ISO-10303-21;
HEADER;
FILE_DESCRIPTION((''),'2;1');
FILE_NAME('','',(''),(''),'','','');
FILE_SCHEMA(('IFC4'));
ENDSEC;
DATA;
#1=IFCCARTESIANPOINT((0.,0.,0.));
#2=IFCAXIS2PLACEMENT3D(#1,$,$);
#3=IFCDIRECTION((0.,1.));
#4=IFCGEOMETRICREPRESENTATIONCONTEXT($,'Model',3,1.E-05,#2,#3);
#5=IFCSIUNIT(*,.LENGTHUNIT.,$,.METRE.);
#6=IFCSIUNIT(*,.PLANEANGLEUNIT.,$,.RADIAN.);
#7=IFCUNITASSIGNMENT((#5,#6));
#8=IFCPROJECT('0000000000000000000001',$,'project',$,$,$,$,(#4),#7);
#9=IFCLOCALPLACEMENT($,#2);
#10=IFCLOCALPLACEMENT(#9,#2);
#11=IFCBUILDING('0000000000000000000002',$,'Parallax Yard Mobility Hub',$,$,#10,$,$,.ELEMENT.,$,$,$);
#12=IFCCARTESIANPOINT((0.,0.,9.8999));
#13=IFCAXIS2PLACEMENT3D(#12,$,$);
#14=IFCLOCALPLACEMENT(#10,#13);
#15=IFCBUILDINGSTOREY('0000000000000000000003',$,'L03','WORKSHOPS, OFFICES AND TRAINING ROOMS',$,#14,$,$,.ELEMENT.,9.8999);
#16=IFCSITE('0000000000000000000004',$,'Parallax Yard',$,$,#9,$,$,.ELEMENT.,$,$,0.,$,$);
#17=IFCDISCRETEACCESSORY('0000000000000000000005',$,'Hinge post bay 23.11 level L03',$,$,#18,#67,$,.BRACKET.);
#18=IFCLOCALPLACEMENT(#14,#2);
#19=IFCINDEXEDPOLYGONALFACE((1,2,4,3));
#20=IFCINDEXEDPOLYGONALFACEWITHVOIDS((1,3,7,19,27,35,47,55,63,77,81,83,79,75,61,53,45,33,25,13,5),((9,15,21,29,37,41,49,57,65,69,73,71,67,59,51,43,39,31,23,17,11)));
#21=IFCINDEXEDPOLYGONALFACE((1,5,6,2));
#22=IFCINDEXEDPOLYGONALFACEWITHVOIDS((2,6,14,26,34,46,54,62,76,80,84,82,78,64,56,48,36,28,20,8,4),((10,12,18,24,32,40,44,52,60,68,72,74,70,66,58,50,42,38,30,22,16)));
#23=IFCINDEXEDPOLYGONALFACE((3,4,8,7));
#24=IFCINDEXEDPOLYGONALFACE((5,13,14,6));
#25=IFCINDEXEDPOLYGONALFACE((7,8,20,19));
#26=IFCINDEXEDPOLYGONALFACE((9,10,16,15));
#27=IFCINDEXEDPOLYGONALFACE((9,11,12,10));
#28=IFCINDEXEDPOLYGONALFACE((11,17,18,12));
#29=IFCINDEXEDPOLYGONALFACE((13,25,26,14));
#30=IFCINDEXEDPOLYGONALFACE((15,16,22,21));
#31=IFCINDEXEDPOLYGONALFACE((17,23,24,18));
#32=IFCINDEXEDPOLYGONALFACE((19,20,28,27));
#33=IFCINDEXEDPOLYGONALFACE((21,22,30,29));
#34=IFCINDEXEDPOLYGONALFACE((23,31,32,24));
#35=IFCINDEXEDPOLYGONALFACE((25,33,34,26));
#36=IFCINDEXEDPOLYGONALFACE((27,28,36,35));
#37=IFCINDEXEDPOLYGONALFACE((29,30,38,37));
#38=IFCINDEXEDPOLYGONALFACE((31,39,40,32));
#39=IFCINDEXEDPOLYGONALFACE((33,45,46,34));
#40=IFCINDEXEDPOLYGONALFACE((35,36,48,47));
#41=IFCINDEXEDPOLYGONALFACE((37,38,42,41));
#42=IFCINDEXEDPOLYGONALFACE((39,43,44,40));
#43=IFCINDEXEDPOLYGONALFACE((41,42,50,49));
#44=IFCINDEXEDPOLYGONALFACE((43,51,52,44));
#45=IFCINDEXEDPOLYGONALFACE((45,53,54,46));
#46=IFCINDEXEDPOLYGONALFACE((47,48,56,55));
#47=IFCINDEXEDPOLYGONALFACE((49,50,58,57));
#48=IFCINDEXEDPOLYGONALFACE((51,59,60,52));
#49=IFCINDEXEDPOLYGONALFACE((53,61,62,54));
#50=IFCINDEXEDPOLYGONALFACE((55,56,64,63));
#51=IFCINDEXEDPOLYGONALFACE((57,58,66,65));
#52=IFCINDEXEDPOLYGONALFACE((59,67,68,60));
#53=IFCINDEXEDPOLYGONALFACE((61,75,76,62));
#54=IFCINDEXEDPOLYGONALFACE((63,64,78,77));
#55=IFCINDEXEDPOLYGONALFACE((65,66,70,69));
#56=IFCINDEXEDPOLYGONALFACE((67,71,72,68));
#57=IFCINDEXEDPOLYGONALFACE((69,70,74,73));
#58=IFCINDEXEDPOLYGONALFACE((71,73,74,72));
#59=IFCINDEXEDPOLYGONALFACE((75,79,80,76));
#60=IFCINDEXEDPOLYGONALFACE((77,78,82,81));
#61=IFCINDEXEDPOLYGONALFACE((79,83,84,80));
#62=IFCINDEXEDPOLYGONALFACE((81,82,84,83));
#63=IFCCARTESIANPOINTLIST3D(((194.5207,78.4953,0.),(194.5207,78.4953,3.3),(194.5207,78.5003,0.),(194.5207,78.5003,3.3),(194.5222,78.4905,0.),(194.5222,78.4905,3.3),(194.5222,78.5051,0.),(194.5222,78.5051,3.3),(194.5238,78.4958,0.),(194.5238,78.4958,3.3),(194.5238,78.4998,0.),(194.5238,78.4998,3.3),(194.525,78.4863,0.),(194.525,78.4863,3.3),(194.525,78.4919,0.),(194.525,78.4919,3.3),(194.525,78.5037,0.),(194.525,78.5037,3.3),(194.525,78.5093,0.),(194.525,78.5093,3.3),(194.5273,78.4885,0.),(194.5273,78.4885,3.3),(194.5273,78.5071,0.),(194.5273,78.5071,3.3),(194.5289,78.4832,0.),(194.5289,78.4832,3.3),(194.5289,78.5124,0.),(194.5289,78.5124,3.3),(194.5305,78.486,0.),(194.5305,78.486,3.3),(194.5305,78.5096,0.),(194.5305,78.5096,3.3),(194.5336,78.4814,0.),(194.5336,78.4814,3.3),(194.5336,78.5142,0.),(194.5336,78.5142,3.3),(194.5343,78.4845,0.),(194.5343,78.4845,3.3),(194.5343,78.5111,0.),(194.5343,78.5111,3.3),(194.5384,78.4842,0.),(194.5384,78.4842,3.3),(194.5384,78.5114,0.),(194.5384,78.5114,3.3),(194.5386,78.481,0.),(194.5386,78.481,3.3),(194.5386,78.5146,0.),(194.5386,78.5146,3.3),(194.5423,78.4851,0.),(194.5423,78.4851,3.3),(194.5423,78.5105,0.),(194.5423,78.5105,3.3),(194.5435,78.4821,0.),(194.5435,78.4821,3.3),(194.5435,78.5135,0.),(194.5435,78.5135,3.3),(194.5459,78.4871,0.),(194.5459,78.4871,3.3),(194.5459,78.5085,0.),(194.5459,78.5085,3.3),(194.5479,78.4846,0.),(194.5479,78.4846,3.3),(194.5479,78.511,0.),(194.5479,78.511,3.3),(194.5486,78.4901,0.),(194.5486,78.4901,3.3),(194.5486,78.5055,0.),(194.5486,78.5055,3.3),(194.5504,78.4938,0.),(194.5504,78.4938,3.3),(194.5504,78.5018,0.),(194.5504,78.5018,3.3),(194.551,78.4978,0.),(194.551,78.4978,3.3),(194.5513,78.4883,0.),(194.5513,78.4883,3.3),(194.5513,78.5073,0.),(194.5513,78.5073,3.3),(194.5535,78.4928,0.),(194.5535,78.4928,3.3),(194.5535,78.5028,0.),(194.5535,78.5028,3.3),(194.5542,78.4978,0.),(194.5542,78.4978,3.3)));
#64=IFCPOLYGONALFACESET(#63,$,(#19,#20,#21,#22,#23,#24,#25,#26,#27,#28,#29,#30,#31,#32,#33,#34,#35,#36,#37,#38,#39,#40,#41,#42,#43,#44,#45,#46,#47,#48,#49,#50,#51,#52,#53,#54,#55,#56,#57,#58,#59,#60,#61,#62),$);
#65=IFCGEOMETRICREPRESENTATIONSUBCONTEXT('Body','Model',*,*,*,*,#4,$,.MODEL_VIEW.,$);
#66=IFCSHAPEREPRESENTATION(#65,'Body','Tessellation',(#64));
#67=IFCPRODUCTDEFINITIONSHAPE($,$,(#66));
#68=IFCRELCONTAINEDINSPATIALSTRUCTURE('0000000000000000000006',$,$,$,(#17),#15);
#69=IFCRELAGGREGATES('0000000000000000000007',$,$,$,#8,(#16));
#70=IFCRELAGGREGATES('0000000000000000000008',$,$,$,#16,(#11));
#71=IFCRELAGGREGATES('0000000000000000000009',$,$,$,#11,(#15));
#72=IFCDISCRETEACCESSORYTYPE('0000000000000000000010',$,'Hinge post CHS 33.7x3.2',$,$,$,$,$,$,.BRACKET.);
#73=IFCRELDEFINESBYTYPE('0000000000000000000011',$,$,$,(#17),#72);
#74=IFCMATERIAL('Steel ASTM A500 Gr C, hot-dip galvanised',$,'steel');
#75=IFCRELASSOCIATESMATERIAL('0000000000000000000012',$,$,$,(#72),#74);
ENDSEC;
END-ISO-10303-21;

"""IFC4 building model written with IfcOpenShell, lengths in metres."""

from ifc_helpers import new_model, si_unit, direction, frame, origin, origin_2d, place, context, subcontext, project, spatial, hollow_circle, extrude, material, material_profile, profile_set, type_object, element, save


model = new_model("IFC4")

# Units and contexts
model_context = context("Model", 3, precision=1e-05, world=origin(), true_north=direction((0.0, 1.0)))
body_context = subcontext(model_context, "Body", "Model", "MODEL_VIEW")
ifc_project = project(units=[si_unit("LENGTHUNIT", "METRE"), si_unit("PLANEANGLEUNIT", "RADIAN")], contexts=[model_context])

# Site, building, storey
site_placement = place(None, origin())
site = spatial("IfcSite", under=ifc_project, at=site_placement, Name="Parallax Yard", CompositionType="ELEMENT", RefElevation=0.0)
building_placement = place(site_placement, origin())
building = spatial("IfcBuilding", under=site, at=building_placement, Name="Parallax Yard Mobility Hub", CompositionType="ELEMENT")
storey_placement = place(building_placement, frame((0.0, 0.0, 9.8999)))
storey = spatial("IfcBuildingStorey", under=building, at=storey_placement, Name="L03", Description="WORKSHOPS, OFFICES AND TRAINING ROOMS", CompositionType="ELEMENT", Elevation=9.8999)

# Discrete accessory
ifc_material_1 = material(Name="Steel ASTM A500 Gr C, hot-dip galvanised", Category="steel")
ifc_material_profile = material_profile(ifc_material_1, hollow_circle(Radius=0.0168, WallThickness=0.0032, at=origin_2d()), Name="CHS 33.7x3.2")
ifc_profile_set = profile_set([ifc_material_profile], Name="Steel ASTM A500 Gr C, hot-dip galvanised")
discrete_accessory_type = type_object("IfcDiscreteAccessoryType", Name="Hinge post CHS 33.7x3.2", PredefinedType="BRACKET", material=ifc_profile_set)
for number, where, z_axis, x_axis, name in (
    (1, (194.5374, 78.4978, 0.0), (0.0, 0.0, 1.0), (1.0, 0.0, 0.0), "Hinge post bay 23.11 level L03"),
):
    element("IfcDiscreteAccessory", number, at=place(storey_placement, frame(where, z_axis=z_axis, x_axis=x_axis)), inside=storey, type_object=discrete_accessory_type, Name=name, PredefinedType="BRACKET", context=body_context, shape_type="SweptSolid", body=[
        extrude(hollow_circle(Radius=0.0168, WallThickness=0.0032, at=origin_2d()), origin(), (0.0, 0.0, 1.0), 3.3),
    ])

save(model, "model.ifc")
